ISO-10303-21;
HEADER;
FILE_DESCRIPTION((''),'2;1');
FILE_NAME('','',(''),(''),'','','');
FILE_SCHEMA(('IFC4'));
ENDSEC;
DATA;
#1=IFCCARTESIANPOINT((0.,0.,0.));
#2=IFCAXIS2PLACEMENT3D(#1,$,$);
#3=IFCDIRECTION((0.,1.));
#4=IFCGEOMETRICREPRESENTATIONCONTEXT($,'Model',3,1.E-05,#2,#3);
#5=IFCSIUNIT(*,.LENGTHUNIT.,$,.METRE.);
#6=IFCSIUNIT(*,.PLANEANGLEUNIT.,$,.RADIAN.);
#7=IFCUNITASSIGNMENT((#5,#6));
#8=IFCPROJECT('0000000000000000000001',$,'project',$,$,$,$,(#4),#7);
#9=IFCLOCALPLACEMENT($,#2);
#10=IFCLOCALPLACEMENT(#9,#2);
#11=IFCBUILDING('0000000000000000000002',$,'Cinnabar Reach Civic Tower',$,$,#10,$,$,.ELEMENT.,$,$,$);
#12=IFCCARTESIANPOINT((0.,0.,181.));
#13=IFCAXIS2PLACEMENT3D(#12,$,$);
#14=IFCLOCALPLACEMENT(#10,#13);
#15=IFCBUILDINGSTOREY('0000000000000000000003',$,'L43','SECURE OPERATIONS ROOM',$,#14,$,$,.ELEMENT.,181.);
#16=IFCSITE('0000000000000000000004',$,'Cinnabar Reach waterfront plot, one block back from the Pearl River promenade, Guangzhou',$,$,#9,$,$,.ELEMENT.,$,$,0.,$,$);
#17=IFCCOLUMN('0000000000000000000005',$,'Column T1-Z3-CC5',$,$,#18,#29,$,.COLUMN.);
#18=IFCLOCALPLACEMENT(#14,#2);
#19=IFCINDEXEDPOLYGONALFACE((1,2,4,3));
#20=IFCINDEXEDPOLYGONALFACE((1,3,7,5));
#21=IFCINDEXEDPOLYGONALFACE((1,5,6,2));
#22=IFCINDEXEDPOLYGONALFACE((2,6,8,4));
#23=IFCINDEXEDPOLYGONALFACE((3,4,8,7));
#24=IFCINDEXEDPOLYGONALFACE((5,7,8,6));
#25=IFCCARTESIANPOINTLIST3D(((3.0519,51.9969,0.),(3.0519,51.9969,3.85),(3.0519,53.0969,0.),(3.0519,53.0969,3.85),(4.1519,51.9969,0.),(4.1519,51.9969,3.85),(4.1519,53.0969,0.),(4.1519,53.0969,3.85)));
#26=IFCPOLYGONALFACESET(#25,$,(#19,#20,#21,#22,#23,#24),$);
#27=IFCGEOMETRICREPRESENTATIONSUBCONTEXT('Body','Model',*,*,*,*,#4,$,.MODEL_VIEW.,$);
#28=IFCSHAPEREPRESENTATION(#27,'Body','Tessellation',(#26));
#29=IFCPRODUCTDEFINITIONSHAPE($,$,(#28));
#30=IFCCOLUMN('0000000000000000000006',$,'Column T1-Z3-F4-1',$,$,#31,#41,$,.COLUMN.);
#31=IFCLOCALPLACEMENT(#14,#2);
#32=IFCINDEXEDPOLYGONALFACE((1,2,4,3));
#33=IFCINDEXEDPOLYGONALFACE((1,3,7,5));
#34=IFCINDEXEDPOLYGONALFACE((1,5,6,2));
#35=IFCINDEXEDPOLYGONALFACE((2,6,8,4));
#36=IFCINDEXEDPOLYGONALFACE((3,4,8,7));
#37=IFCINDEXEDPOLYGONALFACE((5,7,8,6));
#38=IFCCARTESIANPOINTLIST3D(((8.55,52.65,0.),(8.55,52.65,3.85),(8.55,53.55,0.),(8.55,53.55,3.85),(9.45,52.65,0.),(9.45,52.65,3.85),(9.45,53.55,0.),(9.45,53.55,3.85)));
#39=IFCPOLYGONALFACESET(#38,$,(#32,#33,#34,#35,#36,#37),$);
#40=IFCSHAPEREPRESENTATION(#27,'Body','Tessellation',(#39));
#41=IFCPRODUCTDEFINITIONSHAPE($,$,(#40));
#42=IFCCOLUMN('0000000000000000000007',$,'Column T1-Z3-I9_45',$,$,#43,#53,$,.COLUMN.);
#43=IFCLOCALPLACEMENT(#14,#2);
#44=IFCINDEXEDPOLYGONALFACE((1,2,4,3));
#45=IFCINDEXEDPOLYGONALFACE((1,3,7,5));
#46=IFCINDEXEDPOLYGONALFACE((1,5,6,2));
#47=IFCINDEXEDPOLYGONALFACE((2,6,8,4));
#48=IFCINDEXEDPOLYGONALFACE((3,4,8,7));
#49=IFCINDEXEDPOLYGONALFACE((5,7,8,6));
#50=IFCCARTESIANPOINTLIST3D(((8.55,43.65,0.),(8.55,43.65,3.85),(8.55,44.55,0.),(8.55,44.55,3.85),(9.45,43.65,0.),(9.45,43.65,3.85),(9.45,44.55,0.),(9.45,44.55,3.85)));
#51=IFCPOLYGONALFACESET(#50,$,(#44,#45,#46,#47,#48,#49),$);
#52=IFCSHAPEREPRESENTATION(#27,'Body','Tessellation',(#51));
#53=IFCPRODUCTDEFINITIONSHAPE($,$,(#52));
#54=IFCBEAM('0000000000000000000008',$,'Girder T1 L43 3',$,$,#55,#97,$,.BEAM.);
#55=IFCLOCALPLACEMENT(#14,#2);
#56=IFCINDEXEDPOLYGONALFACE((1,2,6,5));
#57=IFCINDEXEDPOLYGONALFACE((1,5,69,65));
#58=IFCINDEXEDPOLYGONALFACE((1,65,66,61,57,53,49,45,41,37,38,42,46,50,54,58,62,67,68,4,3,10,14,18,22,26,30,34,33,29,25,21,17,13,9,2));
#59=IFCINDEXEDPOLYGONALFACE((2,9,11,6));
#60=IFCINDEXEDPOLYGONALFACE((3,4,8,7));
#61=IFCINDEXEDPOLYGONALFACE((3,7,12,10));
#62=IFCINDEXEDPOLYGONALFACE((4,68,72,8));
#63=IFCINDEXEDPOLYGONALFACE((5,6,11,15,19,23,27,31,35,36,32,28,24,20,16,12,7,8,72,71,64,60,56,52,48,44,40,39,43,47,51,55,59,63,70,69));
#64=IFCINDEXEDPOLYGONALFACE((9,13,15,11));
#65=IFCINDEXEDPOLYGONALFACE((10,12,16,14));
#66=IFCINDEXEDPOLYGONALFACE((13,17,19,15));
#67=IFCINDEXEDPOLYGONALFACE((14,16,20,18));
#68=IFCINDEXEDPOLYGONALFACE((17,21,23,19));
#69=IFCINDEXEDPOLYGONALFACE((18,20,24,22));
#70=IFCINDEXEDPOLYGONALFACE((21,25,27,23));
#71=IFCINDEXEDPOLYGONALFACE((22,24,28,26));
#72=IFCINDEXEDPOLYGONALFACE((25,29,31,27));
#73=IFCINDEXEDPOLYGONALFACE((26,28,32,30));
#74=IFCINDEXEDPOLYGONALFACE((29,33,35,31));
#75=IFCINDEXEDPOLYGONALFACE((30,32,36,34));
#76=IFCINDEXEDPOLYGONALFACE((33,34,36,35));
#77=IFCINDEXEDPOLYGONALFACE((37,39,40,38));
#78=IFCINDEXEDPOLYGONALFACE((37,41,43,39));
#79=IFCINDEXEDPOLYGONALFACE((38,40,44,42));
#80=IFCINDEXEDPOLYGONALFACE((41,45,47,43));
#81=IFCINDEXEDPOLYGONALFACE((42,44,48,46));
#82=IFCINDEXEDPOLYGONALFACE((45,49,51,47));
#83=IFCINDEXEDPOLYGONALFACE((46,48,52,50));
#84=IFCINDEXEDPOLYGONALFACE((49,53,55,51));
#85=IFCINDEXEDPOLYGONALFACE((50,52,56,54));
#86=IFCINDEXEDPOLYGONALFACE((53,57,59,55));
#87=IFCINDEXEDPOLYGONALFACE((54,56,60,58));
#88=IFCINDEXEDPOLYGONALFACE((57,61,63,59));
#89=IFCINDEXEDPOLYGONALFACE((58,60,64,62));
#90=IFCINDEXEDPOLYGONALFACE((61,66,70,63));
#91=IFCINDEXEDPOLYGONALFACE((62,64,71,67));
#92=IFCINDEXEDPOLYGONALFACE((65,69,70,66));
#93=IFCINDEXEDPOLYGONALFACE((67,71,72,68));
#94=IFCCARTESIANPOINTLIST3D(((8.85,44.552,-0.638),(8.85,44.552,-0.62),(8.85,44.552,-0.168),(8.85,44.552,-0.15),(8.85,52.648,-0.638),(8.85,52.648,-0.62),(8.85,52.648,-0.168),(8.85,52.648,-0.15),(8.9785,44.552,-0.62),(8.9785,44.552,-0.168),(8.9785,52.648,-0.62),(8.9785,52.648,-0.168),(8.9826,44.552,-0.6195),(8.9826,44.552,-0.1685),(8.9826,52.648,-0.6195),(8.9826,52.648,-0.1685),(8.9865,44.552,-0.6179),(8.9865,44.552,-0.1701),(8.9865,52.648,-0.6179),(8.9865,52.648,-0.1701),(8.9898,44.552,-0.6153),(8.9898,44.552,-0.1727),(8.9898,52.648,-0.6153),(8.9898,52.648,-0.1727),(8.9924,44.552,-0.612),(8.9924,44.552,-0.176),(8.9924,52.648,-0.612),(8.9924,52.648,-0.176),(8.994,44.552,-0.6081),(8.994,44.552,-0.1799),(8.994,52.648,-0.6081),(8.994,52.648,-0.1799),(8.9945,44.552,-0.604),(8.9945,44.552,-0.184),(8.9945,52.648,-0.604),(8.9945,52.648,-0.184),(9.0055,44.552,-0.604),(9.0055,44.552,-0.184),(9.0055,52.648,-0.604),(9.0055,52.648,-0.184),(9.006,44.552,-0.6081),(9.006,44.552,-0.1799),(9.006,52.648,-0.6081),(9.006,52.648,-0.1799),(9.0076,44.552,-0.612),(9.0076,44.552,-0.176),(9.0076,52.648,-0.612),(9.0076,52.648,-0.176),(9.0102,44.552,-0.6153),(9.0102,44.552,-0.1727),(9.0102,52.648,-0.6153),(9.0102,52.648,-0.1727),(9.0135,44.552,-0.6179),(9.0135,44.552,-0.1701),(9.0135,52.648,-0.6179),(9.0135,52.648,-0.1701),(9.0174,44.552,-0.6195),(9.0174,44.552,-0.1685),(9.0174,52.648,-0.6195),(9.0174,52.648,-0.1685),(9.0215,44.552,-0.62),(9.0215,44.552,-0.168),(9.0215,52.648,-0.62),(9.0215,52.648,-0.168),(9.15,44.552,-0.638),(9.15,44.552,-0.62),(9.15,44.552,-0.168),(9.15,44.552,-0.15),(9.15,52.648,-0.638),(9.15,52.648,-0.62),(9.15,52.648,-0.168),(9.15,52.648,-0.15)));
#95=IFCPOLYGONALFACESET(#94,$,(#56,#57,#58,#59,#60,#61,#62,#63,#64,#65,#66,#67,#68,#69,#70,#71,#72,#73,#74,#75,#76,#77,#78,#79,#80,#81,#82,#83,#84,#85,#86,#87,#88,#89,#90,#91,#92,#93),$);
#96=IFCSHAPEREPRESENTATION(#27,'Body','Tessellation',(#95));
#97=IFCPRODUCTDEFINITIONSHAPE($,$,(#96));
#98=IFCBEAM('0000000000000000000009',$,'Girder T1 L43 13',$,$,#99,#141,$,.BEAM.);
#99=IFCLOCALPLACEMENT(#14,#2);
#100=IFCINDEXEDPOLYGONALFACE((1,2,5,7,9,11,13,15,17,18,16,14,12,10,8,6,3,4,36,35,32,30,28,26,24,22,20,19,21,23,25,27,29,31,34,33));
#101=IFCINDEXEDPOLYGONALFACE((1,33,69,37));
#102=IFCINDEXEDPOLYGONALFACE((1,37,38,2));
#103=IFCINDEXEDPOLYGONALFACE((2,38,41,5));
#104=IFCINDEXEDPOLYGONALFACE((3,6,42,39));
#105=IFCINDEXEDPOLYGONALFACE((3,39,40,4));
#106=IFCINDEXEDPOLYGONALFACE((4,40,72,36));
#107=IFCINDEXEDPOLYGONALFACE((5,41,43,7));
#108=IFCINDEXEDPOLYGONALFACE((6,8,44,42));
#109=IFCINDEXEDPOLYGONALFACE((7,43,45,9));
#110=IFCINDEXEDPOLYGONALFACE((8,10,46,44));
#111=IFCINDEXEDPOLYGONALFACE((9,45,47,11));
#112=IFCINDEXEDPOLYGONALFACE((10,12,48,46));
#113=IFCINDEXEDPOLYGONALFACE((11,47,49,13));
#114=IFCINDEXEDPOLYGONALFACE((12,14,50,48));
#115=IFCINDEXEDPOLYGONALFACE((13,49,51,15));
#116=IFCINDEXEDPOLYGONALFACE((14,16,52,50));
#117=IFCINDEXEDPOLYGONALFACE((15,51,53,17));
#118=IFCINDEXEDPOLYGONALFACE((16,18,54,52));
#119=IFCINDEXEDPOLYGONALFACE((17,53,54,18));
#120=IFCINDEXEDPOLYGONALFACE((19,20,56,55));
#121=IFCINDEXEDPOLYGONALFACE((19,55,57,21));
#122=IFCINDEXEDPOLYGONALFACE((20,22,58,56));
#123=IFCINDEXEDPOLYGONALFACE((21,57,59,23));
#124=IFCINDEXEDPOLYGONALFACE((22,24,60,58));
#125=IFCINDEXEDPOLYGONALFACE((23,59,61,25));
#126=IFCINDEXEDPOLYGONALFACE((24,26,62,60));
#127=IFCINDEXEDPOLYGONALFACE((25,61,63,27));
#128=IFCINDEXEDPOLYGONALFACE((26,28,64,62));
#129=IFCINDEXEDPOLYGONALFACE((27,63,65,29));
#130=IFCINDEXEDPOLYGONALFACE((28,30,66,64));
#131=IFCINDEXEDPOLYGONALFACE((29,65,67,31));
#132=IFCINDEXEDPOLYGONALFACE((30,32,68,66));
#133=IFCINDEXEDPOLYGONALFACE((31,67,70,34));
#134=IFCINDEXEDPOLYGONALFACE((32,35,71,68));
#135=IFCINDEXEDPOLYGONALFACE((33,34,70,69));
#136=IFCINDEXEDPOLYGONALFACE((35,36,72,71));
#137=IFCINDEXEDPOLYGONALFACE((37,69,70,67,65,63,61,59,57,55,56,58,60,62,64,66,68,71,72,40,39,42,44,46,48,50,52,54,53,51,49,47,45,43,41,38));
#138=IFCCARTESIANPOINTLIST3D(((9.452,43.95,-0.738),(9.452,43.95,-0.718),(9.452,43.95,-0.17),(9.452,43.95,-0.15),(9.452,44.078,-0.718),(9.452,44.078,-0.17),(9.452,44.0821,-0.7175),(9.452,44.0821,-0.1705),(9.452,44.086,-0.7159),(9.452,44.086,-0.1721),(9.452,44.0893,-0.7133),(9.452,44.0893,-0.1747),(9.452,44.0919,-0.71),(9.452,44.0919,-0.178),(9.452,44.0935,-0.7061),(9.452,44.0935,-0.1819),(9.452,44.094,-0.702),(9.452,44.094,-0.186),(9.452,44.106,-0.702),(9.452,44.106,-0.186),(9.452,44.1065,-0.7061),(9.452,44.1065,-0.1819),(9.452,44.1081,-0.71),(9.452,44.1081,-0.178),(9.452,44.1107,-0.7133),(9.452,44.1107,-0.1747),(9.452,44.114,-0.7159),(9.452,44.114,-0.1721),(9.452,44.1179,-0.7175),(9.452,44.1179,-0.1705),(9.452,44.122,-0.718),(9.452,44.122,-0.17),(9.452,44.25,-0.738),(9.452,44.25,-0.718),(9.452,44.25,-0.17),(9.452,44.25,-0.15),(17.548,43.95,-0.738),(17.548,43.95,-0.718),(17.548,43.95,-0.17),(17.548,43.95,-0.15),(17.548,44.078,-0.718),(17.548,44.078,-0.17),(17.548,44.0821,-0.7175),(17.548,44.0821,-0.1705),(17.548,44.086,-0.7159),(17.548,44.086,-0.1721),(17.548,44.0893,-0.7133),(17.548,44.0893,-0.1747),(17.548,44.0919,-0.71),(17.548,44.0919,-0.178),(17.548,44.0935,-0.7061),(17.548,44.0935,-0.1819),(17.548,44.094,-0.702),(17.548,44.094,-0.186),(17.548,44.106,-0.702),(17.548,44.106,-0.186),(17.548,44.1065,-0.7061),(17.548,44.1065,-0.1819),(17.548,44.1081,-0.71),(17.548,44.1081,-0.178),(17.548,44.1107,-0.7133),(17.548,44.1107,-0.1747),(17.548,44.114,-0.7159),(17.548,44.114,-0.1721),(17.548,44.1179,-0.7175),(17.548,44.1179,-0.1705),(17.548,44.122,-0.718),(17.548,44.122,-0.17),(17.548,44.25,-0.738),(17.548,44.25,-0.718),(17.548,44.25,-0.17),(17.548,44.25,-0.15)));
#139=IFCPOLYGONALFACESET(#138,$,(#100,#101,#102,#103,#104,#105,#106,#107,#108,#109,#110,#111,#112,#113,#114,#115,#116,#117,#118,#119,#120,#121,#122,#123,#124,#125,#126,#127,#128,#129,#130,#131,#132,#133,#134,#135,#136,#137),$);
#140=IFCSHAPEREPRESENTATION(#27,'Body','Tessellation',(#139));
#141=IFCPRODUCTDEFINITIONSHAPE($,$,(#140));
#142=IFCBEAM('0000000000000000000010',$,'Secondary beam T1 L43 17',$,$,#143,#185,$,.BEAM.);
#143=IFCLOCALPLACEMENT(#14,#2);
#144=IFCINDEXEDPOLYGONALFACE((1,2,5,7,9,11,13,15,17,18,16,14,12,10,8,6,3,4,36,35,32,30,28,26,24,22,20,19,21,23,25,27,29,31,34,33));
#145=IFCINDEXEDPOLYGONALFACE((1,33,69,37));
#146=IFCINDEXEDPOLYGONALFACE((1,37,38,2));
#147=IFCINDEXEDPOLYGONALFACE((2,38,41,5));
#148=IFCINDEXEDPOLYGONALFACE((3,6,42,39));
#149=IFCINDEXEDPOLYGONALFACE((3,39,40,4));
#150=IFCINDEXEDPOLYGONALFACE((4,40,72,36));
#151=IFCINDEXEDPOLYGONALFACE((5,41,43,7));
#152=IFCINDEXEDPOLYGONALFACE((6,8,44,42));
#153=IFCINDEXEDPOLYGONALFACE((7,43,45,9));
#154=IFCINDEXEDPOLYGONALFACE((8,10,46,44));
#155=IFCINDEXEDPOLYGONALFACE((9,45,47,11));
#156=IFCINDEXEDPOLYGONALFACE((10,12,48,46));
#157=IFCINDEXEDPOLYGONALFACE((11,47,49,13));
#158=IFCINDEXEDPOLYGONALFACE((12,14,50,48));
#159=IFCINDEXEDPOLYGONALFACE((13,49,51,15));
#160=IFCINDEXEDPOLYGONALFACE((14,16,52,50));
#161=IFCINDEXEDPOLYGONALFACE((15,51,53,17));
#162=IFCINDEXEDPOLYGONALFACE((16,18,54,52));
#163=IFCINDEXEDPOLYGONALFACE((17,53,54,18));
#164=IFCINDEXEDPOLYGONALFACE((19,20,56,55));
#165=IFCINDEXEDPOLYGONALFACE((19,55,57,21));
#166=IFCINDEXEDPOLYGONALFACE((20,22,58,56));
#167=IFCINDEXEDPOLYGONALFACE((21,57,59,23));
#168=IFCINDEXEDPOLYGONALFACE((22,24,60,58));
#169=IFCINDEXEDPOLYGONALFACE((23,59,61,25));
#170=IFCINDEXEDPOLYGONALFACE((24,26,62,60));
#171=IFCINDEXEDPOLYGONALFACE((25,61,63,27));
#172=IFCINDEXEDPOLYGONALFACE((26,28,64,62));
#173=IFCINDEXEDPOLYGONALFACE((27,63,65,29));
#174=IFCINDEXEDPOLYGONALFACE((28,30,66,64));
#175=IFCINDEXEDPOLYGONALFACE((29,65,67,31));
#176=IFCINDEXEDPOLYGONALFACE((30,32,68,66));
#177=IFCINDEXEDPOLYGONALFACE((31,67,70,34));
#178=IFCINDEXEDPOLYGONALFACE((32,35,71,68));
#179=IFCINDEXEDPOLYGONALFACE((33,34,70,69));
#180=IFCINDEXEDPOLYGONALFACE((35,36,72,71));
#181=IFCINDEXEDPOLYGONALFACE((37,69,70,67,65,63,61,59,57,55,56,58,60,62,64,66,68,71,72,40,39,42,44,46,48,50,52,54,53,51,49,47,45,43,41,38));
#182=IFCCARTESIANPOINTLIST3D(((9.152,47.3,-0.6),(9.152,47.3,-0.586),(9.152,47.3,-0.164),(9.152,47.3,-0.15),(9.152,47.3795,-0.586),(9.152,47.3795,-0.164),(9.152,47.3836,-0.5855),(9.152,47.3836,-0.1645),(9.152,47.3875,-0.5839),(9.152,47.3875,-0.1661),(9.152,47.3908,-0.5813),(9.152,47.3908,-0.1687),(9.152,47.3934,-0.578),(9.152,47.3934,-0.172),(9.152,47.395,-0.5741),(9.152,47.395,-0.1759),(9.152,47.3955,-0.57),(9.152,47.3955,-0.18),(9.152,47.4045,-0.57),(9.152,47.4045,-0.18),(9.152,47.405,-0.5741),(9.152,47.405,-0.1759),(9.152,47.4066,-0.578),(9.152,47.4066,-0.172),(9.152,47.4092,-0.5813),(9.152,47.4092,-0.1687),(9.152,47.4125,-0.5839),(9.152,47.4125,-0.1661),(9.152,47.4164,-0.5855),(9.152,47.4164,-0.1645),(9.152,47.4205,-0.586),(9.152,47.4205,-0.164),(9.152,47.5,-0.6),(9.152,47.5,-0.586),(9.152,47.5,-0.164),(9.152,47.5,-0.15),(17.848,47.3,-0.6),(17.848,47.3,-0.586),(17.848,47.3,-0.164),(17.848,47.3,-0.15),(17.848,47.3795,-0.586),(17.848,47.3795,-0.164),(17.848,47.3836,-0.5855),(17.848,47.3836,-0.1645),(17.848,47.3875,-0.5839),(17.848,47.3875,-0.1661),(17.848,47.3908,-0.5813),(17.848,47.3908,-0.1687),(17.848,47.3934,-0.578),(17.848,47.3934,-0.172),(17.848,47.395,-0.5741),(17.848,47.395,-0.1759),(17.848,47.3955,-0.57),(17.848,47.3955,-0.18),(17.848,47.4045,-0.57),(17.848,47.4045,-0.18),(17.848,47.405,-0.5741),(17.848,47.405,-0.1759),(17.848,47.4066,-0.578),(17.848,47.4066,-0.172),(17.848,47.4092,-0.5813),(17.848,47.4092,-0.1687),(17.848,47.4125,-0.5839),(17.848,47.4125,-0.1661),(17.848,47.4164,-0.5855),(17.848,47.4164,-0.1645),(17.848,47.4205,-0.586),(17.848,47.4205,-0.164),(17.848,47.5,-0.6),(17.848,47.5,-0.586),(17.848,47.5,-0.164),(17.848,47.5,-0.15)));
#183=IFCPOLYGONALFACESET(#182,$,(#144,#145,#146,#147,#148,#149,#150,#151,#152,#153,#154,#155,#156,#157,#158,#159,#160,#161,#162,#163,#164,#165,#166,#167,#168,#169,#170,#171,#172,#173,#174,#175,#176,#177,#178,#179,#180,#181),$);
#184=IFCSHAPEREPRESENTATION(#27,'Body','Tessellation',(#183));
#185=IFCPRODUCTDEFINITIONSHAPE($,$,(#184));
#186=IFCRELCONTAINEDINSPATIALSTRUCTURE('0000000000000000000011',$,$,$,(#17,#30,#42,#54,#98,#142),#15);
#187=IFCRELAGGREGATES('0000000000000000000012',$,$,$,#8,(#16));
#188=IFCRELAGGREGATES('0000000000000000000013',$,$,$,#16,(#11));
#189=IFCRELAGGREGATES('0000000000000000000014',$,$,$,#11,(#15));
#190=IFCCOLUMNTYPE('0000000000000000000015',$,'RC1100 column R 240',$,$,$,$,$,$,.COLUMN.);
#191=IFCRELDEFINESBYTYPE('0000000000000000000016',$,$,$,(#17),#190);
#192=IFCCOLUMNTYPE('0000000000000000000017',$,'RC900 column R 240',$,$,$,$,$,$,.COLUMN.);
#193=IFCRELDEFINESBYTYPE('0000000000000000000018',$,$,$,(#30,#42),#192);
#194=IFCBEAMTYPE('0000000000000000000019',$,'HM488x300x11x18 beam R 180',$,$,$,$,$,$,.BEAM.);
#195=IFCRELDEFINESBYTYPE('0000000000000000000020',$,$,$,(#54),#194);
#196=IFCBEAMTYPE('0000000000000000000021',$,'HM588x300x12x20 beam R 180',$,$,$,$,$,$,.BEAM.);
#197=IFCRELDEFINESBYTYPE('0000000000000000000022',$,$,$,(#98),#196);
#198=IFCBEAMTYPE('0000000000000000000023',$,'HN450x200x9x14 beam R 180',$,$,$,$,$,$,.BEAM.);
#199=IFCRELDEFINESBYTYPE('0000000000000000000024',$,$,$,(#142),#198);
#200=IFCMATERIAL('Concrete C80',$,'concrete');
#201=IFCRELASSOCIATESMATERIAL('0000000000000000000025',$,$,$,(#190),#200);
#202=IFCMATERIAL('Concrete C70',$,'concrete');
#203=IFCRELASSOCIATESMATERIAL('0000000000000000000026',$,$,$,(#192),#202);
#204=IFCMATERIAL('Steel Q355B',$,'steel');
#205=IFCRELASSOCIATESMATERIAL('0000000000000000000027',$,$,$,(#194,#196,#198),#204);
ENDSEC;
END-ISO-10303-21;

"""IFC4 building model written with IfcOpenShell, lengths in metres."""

from ifc_helpers import new_model, si_unit, direction, frame, origin, origin_2d, place, context, subcontext, project, spatial, rectangle, i_section, extrude, material, material_profile, profile_set, type_object, element, save


model = new_model("IFC4")

# Units and contexts
model_context = context("Model", 3, precision=1e-05, world=origin(), true_north=direction((0.0, 1.0)))
body_context = subcontext(model_context, "Body", "Model", "MODEL_VIEW")
ifc_project = project(units=[si_unit("LENGTHUNIT", "METRE"), si_unit("PLANEANGLEUNIT", "RADIAN")], contexts=[model_context])

# Site, building, storey
site_placement = place(None, origin())
site = spatial("IfcSite", under=ifc_project, at=site_placement, Name="Cinnabar Reach waterfront plot, one block back from the Pearl River promenade, Guangzhou", CompositionType="ELEMENT", RefElevation=0.0)
building_placement = place(site_placement, origin())
building = spatial("IfcBuilding", under=site, at=building_placement, Name="Cinnabar Reach Civic Tower", CompositionType="ELEMENT")
storey_placement = place(building_placement, frame((0.0, 0.0, 181.0)))
storey = spatial("IfcBuildingStorey", under=building, at=storey_placement, Name="L43", Description="SECURE OPERATIONS ROOM", CompositionType="ELEMENT", Elevation=181.0)

# Columns
ifc_material_1 = material(Name="Concrete C80", Category="concrete")
ifc_material_profile_1 = material_profile(ifc_material_1, rectangle(XDim=1.1, YDim=1.1, at=origin_2d()), Name="RC1100")
ifc_profile_set_1 = profile_set([ifc_material_profile_1], Name="Concrete C80")
column_type_1 = type_object("IfcColumnType", Name="RC1100 column R 240", PredefinedType="COLUMN", material=ifc_profile_set_1)
column_placement = place(storey_placement, frame((3.6019, 52.5469, 0.0), z_axis=(0.0, 0.0, 1.0), x_axis=(1.0, 0.0, 0.0)))
element("IfcColumn", 1, at=column_placement, inside=storey, type_object=column_type_1, Name="Column T1-Z3-CC5", PredefinedType="COLUMN", context=body_context, shape_type="SweptSolid", body=[
    extrude(rectangle(XDim=1.1, YDim=1.1, at=origin_2d()), origin(), (0.0, 0.0, 1.0), 3.85),
])
ifc_material_2 = material(Name="Concrete C70", Category="concrete")
ifc_material_profile_2 = material_profile(ifc_material_2, rectangle(XDim=0.9, YDim=0.9, at=origin_2d()), Name="RC900")
ifc_profile_set_2 = profile_set([ifc_material_profile_2], Name="Concrete C70")
column_type_2 = type_object("IfcColumnType", Name="RC900 column R 240", PredefinedType="COLUMN", material=ifc_profile_set_2)
for number, where, z_axis, x_axis, name in (
    (2, (9.0, 53.1, 0.0), (0.0, 0.0, 1.0), (1.0, 0.0, 0.0), "Column T1-Z3-F4-1"),
    (3, (9.0, 44.1, 0.0), (0.0, 0.0, 1.0), (1.0, 0.0, 0.0), "Column T1-Z3-I9_45"),
):
    element("IfcColumn", number, at=place(storey_placement, frame(where, z_axis=z_axis, x_axis=x_axis)), inside=storey, type_object=column_type_2, Name=name, PredefinedType="COLUMN", context=body_context, shape_type="SweptSolid", body=[
        extrude(rectangle(XDim=0.9, YDim=0.9, at=origin_2d()), origin(), (0.0, 0.0, 1.0), 3.85),
    ])

# Beams
ifc_material_3 = material(Name="Steel Q355B", Category="steel")
ifc_material_profile_3 = material_profile(ifc_material_3, i_section(OverallWidth=0.3, OverallDepth=0.488, WebThickness=0.011, FlangeThickness=0.018, FilletRadius=0.016, at=origin_2d()), Name="HM488x300x11x18")
ifc_profile_set_3 = profile_set([ifc_material_profile_3], Name="Steel Q355B")
beam_type_1 = type_object("IfcBeamType", Name="HM488x300x11x18 beam R 180", PredefinedType="BEAM", material=ifc_profile_set_3)
beam_1_placement = place(storey_placement, frame((9.0, 44.552, -0.394), z_axis=(0.0, 1.0, 0.0), x_axis=(-1.0, 0.0, 0.0)))
element("IfcBeam", 4, at=beam_1_placement, inside=storey, type_object=beam_type_1, Name="Girder T1 L43 3", PredefinedType="BEAM", context=body_context, shape_type="SweptSolid", body=[
    extrude(i_section(OverallWidth=0.3, OverallDepth=0.488, WebThickness=0.011, FlangeThickness=0.018, FilletRadius=0.016, at=origin_2d()), origin(), (0.0, 0.0, 1.0), 8.096),
])
ifc_material_profile_4 = material_profile(ifc_material_3, i_section(OverallWidth=0.3, OverallDepth=0.588, WebThickness=0.012, FlangeThickness=0.02, FilletRadius=0.016, at=origin_2d()), Name="HM588x300x12x20")
ifc_profile_set_4 = profile_set([ifc_material_profile_4], Name="Steel Q355B")
beam_type_2 = type_object("IfcBeamType", Name="HM588x300x12x20 beam R 180", PredefinedType="BEAM", material=ifc_profile_set_4)
beam_2_placement = place(storey_placement, frame((9.452, 44.1, -0.444), z_axis=(1.0, 0.0, 0.0), x_axis=(0.0, 1.0, 0.0)))
element("IfcBeam", 5, at=beam_2_placement, inside=storey, type_object=beam_type_2, Name="Girder T1 L43 13", PredefinedType="BEAM", context=body_context, shape_type="SweptSolid", body=[
    extrude(i_section(OverallWidth=0.3, OverallDepth=0.588, WebThickness=0.012, FlangeThickness=0.02, FilletRadius=0.016, at=origin_2d()), origin(), (0.0, 0.0, 1.0), 8.096),
])
ifc_material_profile_5 = material_profile(ifc_material_3, i_section(OverallWidth=0.2, OverallDepth=0.45, WebThickness=0.009, FlangeThickness=0.014, FilletRadius=0.016, at=origin_2d()), Name="HN450x200x9x14")
ifc_profile_set_5 = profile_set([ifc_material_profile_5], Name="Steel Q355B")
beam_type_3 = type_object("IfcBeamType", Name="HN450x200x9x14 beam R 180", PredefinedType="BEAM", material=ifc_profile_set_5)
for number, where, z_axis, x_axis, name in (
    (6, (9.152, 47.4, -0.375), (1.0, 0.0, 0.0), (0.0, 1.0, 0.0), "Secondary beam T1 L43 17"),
):
    element("IfcBeam", number, at=place(storey_placement, frame(where, z_axis=z_axis, x_axis=x_axis)), inside=storey, type_object=beam_type_3, Name=name, PredefinedType="BEAM", context=body_context, shape_type="SweptSolid", body=[
        extrude(i_section(OverallWidth=0.2, OverallDepth=0.45, WebThickness=0.009, FlangeThickness=0.014, FilletRadius=0.016, at=origin_2d()), origin(), (0.0, 0.0, 1.0), 8.696),
    ])

save(model, "model.ifc")
